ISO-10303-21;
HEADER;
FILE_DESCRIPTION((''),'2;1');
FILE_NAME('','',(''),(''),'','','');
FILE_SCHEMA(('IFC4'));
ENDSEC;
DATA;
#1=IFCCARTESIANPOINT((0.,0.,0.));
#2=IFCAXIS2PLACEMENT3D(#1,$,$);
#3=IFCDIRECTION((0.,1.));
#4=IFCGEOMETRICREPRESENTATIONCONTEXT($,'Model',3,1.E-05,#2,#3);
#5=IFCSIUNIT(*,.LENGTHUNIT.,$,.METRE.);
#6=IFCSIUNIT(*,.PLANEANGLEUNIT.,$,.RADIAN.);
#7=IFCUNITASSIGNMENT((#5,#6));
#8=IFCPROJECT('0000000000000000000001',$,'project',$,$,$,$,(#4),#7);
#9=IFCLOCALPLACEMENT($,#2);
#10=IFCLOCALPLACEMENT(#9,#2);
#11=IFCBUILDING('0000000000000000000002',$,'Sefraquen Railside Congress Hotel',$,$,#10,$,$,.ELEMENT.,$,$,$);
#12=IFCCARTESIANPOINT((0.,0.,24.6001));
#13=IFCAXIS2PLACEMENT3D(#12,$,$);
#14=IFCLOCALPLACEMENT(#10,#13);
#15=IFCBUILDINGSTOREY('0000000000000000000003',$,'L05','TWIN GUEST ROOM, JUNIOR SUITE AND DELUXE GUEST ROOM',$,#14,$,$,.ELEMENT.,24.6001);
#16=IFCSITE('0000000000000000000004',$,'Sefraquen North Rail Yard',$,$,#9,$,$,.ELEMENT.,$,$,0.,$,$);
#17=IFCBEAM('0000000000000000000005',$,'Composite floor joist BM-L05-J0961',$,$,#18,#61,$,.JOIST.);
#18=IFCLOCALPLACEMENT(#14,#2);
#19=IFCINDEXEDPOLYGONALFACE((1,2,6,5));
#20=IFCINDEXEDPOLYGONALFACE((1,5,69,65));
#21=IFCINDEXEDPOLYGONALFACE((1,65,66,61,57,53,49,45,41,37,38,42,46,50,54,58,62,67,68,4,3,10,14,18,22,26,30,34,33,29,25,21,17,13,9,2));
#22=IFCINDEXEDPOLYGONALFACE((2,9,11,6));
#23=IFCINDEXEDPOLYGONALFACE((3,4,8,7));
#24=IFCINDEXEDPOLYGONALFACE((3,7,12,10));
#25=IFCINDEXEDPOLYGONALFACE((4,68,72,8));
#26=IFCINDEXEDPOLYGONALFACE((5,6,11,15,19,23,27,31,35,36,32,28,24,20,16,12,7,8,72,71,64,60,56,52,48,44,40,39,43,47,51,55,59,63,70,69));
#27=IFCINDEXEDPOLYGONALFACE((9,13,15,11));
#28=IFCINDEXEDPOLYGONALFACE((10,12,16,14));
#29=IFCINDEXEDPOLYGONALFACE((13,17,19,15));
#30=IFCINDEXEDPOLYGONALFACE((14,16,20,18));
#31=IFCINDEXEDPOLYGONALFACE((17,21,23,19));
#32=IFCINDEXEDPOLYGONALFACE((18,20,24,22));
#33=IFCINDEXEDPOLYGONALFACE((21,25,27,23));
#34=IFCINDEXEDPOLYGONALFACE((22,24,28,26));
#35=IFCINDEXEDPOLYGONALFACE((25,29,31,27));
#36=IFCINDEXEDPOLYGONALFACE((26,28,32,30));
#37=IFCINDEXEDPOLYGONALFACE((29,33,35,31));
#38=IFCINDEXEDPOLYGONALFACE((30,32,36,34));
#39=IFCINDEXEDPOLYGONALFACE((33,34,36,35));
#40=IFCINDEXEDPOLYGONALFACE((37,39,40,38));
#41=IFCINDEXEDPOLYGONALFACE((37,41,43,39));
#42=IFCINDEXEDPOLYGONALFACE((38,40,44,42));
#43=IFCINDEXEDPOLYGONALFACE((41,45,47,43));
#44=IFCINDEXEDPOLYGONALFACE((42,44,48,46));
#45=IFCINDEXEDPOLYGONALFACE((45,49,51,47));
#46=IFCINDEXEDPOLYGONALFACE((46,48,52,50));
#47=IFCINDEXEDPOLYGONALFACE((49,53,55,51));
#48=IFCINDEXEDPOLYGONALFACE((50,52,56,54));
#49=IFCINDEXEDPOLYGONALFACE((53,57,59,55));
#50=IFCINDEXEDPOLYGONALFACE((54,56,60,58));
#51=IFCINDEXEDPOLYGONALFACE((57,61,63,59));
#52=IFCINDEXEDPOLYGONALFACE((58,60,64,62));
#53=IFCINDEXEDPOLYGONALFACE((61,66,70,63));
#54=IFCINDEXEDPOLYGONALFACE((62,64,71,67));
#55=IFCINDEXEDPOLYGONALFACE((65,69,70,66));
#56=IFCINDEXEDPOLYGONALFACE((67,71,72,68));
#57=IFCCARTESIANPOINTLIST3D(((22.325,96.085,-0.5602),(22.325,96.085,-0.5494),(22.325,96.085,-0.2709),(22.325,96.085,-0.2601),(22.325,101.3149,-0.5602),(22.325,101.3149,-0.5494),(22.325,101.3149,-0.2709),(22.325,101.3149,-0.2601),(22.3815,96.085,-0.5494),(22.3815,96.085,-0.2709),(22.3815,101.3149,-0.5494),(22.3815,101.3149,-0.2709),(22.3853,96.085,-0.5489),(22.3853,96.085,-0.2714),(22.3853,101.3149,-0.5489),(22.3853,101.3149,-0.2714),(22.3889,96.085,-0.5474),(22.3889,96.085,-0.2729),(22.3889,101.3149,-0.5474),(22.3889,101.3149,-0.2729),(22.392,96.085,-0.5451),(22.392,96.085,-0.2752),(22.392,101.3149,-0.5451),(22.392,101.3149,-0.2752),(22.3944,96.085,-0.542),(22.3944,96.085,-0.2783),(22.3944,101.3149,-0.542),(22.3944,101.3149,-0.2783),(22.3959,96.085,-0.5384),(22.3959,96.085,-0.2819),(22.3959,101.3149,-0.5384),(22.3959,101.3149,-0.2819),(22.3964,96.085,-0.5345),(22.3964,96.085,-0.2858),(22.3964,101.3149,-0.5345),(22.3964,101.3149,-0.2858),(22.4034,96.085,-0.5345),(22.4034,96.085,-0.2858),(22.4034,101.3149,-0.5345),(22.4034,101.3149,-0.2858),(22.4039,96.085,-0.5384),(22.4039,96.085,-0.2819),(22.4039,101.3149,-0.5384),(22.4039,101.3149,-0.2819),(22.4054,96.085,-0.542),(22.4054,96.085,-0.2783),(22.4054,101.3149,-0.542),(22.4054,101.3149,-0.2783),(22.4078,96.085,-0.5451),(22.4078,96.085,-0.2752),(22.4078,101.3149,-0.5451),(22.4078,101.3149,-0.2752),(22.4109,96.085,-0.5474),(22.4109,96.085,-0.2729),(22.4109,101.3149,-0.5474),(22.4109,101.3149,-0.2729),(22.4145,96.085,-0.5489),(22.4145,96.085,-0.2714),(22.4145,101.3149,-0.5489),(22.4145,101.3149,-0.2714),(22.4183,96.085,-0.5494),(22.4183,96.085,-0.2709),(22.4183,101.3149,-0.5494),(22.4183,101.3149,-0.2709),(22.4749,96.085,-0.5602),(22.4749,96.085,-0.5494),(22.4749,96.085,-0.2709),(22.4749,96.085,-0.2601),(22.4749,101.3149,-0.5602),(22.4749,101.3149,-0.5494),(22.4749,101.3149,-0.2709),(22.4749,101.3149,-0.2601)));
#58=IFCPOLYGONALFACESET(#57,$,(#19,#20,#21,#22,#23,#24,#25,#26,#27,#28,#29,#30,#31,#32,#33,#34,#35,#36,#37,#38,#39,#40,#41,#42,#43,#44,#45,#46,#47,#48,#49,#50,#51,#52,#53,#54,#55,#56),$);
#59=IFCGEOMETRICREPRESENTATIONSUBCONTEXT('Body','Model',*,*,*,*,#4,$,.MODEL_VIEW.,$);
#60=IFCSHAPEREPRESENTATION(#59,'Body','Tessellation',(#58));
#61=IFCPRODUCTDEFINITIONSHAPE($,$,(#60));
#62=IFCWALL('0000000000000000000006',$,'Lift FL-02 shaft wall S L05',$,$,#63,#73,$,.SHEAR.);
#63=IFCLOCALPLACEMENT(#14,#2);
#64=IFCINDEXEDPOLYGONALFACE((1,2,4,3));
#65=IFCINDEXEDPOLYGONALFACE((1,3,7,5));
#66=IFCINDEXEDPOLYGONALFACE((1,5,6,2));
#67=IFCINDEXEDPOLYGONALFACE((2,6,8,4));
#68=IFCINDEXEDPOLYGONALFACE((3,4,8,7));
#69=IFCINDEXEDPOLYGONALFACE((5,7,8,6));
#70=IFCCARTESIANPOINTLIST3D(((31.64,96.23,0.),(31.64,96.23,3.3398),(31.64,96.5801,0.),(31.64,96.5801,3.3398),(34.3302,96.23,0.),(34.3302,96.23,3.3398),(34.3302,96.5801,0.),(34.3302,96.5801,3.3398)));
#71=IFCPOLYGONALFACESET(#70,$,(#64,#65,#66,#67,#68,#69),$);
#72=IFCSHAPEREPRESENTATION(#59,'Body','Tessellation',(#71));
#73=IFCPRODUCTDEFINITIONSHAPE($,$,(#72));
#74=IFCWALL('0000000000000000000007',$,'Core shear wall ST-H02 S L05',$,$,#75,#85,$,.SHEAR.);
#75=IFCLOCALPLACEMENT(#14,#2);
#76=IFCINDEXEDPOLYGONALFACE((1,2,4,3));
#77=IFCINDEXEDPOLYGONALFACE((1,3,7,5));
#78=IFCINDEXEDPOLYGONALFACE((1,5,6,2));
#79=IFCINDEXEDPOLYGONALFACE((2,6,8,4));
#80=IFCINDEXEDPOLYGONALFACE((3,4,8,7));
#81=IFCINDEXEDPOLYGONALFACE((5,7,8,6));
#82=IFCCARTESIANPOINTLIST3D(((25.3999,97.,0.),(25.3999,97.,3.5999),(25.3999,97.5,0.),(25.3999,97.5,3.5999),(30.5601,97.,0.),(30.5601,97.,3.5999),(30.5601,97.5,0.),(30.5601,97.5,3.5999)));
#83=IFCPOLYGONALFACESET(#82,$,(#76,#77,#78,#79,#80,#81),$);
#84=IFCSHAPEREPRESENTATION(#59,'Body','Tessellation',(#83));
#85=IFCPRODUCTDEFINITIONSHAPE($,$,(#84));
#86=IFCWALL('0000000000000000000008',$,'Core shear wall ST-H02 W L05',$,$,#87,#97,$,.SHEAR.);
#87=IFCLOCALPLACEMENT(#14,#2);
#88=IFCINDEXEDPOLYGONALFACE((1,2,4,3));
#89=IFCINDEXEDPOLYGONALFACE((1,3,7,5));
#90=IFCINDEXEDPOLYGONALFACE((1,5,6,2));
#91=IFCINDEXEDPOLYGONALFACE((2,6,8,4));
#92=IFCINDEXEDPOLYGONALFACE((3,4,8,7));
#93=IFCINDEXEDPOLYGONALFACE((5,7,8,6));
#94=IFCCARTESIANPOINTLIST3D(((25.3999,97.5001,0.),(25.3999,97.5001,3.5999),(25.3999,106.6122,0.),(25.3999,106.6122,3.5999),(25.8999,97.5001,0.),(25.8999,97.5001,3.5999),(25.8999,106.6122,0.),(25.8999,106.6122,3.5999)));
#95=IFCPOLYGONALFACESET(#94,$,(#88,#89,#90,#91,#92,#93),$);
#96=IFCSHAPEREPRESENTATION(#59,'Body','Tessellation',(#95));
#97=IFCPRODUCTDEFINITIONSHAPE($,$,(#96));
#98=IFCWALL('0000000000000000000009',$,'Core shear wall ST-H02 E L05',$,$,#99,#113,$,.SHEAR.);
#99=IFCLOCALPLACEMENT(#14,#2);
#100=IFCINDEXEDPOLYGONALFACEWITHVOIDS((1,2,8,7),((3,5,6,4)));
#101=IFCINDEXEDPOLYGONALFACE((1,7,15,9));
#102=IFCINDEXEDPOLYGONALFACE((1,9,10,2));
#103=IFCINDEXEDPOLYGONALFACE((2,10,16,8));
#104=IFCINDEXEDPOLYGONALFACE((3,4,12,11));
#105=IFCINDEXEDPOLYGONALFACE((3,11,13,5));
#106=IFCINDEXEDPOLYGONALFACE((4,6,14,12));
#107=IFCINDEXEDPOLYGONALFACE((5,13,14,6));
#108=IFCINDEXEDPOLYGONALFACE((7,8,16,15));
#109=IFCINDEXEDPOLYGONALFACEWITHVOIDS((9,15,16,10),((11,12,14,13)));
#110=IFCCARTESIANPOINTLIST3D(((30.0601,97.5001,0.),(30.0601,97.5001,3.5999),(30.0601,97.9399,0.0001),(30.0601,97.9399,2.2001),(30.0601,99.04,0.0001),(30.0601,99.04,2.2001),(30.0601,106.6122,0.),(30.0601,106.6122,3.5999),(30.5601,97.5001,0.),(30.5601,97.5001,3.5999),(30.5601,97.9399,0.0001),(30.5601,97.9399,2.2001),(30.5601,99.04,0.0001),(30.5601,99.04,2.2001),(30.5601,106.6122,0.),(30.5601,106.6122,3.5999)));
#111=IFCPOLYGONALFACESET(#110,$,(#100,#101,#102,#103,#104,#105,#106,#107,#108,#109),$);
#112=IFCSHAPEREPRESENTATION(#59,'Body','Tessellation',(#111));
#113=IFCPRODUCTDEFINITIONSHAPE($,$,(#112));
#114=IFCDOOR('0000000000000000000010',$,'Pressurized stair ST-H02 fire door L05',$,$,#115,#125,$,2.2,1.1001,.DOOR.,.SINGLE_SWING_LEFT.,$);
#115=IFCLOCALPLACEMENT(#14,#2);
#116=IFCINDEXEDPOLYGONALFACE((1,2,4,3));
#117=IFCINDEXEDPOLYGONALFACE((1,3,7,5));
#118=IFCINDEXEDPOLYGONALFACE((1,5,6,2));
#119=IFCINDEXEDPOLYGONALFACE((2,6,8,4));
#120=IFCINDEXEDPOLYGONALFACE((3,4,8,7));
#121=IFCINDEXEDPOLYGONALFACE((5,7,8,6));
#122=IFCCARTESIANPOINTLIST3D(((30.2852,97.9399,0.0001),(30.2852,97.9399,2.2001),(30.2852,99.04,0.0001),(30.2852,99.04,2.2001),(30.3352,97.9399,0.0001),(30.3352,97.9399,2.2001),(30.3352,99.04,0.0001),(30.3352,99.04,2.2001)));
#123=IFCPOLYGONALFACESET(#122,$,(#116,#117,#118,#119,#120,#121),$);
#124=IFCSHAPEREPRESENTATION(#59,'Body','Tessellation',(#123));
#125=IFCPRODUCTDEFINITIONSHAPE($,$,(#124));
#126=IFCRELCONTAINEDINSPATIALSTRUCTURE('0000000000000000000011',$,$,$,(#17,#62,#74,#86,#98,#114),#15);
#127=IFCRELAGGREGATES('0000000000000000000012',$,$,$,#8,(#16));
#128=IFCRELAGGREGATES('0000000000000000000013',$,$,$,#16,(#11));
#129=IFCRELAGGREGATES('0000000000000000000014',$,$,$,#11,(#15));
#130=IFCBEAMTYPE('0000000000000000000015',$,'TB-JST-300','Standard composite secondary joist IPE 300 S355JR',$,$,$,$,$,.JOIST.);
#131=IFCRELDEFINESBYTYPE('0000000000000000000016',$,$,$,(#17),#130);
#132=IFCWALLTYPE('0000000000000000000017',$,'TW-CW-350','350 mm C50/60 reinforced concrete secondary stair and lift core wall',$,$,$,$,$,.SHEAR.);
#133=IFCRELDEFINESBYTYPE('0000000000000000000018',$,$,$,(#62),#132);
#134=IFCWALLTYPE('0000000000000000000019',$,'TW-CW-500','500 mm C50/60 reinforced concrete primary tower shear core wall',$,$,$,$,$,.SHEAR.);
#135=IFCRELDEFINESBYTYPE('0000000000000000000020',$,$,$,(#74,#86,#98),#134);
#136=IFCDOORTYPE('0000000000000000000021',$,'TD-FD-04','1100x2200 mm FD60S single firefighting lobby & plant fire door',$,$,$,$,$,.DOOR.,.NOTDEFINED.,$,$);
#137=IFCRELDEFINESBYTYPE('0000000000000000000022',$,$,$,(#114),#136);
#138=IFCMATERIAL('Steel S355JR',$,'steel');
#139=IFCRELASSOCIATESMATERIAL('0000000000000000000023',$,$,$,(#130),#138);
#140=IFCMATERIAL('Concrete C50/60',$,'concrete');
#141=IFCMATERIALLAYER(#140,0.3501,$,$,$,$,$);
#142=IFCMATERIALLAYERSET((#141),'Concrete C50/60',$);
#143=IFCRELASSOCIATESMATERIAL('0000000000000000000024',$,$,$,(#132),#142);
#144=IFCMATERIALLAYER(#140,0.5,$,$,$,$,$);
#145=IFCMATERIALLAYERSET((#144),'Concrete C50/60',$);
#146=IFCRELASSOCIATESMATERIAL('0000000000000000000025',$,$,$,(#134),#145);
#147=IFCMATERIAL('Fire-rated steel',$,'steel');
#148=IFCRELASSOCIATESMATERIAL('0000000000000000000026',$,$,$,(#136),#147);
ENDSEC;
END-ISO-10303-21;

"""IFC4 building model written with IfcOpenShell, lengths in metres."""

from ifc_helpers import new_model, si_unit, direction, frame, frame_2d, origin, origin_2d, place, context, subcontext, project, spatial, rectangle, i_section, extrude, material, layer, layer_set, material_profile, profile_set, type_object, element, fill, save


model = new_model("IFC4")

# Units and contexts
model_context = context("Model", 3, precision=1e-05, world=origin(), true_north=direction((0.0, 1.0)))
body_context = subcontext(model_context, "Body", "Model", "MODEL_VIEW")
ifc_project = project(units=[si_unit("LENGTHUNIT", "METRE"), si_unit("PLANEANGLEUNIT", "RADIAN")], contexts=[model_context])

# Site, building, storey
site_placement = place(None, origin())
site = spatial("IfcSite", under=ifc_project, at=site_placement, Name="Sefraquen North Rail Yard", CompositionType="ELEMENT", RefElevation=0.0)
building_placement = place(site_placement, origin())
building = spatial("IfcBuilding", under=site, at=building_placement, Name="Sefraquen Railside Congress Hotel", CompositionType="ELEMENT")
storey_placement = place(building_placement, frame((0.0, 0.0, 24.6001)))
storey = spatial("IfcBuildingStorey", under=building, at=storey_placement, Name="L05", Description="TWIN GUEST ROOM, JUNIOR SUITE AND DELUXE GUEST ROOM", CompositionType="ELEMENT", Elevation=24.6001)

# Beam
ifc_material_1 = material(Name="Steel S355JR", Category="steel")
ifc_material_profile = material_profile(ifc_material_1, i_section(OverallWidth=0.1499, OverallDepth=0.3, WebThickness=0.0071, FlangeThickness=0.0107, FilletRadius=0.0149, at=origin_2d()), Name="IPE 300")
ifc_profile_set = profile_set([ifc_material_profile], Name="Steel S355JR")
beam_type = type_object("IfcBeamType", Name="TB-JST-300", Description="Standard composite secondary joist IPE 300 S355JR", PredefinedType="JOIST", material=ifc_profile_set)
beam_placement = place(storey_placement, frame((22.3999, 96.085, -0.4102), z_axis=(0.0, 1.0, 0.0), x_axis=(-1.0, 0.0, 0.0)))
element("IfcBeam", 1, at=beam_placement, inside=storey, type_object=beam_type, Name="Composite floor joist BM-L05-J0961", PredefinedType="JOIST", context=body_context, shape_type="SweptSolid", body=[
    extrude(i_section(OverallWidth=0.1499, OverallDepth=0.3, WebThickness=0.0071, FlangeThickness=0.0107, FilletRadius=0.0149, at=origin_2d()), origin(), (0.0, 0.0, 1.0), 5.23),
])

# Walls
ifc_material_2 = material(Name="Concrete C50/60", Category="concrete")
ifc_layer_1 = layer(ifc_material_2, 0.3501)
ifc_layer_set_1 = layer_set([ifc_layer_1], Name="Concrete C50/60")
wall_type_1 = type_object("IfcWallType", Name="TW-CW-350", Description="350 mm C50/60 reinforced concrete secondary stair and lift core wall", PredefinedType="SHEAR", material=ifc_layer_set_1)
wall_1_placement = place(storey_placement, frame((31.6399, 96.405, 0.0), z_axis=(0.0, 0.0, 1.0), x_axis=(1.0, 0.0, 0.0)))
element("IfcWall", 2, at=wall_1_placement, inside=storey, type_object=wall_type_1, Name="Lift FL-02 shaft wall S L05", PredefinedType="SHEAR", context=body_context, shape_type="SweptSolid", body=[
    extrude(rectangle(XDim=2.6902, YDim=0.3501, at=frame_2d((1.3452, 0.0))), origin(), (0.0, 0.0, 1.0), 3.3398),
])
ifc_layer_2 = layer(ifc_material_2, 0.5)
ifc_layer_set_2 = layer_set([ifc_layer_2], Name="Concrete C50/60")
wall_type_2 = type_object("IfcWallType", Name="TW-CW-500", Description="500 mm C50/60 reinforced concrete primary tower shear core wall", PredefinedType="SHEAR", material=ifc_layer_set_2)
wall_2_placement = place(storey_placement, frame((25.3999, 97.25, 0.0), z_axis=(0.0, 0.0, 1.0), x_axis=(1.0, 0.0, 0.0)))
element("IfcWall", 3, at=wall_2_placement, inside=storey, type_object=wall_type_2, Name="Core shear wall ST-H02 S L05", PredefinedType="SHEAR", context=body_context, shape_type="SweptSolid", body=[
    extrude(rectangle(XDim=5.1602, YDim=0.5, at=frame_2d((2.5801, 0.0))), origin(), (0.0, 0.0, 1.0), 3.5999),
])
wall_3_placement = place(storey_placement, frame((25.6499, 97.5, 0.0), z_axis=(0.0, 0.0, 1.0), x_axis=(0.0, 1.0, 0.0)))
element("IfcWall", 4, at=wall_3_placement, inside=storey, type_object=wall_type_2, Name="Core shear wall ST-H02 W L05", PredefinedType="SHEAR", context=body_context, shape_type="SweptSolid", body=[
    extrude(rectangle(XDim=9.1121, YDim=0.5, at=frame_2d((4.5562, 0.0))), origin(), (0.0, 0.0, 1.0), 3.5999),
])

# Wall, opening, door
wall_4_placement = place(storey_placement, frame((30.3101, 97.5, 0.0), z_axis=(0.0, 0.0, 1.0), x_axis=(0.0, 1.0, 0.0)))
wall_4 = element("IfcWall", 5, at=wall_4_placement, inside=storey, type_object=wall_type_2, Name="Core shear wall ST-H02 E L05", PredefinedType="SHEAR", context=body_context, shape_type="SweptSolid", body=[
    extrude(rectangle(XDim=9.1121, YDim=0.5, at=frame_2d((4.5562, 0.0))), origin(), (0.0, 0.0, 1.0), 3.5999),
])
opening_1_placement = place(wall_4_placement, frame((0.4399, 0.0, 0.0)))
opening_1 = element("IfcOpeningElement", 6, at=opening_1_placement, cuts=wall_4, PredefinedType="OPENING", context=body_context, shape_type="SweptSolid", body=[
    extrude(rectangle(XDim=1.1001, YDim=2.2, at=frame_2d((0.55, 1.1001))), frame((0.0, 0.26, 0.0), z_axis=(0.0, -1.0, 0.0), x_axis=(1.0, 0.0, 0.0)), (0.0, 0.0, 1.0), 0.52),
])
ifc_material_3 = material(Name="Fire-rated steel", Category="steel")
door_type = type_object("IfcDoorType", Name="TD-FD-04", Description="1100x2200 mm FD60S single firefighting lobby & plant fire door", OperationType="NOTDEFINED", PredefinedType="DOOR", material=ifc_material_3)
door_placement = place(opening_1_placement, origin())
door = element("IfcDoor", 7, at=door_placement, inside=storey, type_object=door_type, Name="Pressurized stair ST-H02 fire door L05", OperationType="SINGLE_SWING_LEFT", OverallHeight=2.2, OverallWidth=1.1001, PredefinedType="DOOR", context=body_context, shape_type="SweptSolid", body=[
    extrude(rectangle(XDim=1.1001, YDim=2.2, at=frame_2d((0.55, 1.1001))), frame((0.0, 0.0249, 0.0), z_axis=(0.0, -1.0, 0.0), x_axis=(1.0, 0.0, 0.0)), (0.0, 0.0, 1.0), 0.05),
])
fill(opening_1, door)

save(model, "model.ifc")
